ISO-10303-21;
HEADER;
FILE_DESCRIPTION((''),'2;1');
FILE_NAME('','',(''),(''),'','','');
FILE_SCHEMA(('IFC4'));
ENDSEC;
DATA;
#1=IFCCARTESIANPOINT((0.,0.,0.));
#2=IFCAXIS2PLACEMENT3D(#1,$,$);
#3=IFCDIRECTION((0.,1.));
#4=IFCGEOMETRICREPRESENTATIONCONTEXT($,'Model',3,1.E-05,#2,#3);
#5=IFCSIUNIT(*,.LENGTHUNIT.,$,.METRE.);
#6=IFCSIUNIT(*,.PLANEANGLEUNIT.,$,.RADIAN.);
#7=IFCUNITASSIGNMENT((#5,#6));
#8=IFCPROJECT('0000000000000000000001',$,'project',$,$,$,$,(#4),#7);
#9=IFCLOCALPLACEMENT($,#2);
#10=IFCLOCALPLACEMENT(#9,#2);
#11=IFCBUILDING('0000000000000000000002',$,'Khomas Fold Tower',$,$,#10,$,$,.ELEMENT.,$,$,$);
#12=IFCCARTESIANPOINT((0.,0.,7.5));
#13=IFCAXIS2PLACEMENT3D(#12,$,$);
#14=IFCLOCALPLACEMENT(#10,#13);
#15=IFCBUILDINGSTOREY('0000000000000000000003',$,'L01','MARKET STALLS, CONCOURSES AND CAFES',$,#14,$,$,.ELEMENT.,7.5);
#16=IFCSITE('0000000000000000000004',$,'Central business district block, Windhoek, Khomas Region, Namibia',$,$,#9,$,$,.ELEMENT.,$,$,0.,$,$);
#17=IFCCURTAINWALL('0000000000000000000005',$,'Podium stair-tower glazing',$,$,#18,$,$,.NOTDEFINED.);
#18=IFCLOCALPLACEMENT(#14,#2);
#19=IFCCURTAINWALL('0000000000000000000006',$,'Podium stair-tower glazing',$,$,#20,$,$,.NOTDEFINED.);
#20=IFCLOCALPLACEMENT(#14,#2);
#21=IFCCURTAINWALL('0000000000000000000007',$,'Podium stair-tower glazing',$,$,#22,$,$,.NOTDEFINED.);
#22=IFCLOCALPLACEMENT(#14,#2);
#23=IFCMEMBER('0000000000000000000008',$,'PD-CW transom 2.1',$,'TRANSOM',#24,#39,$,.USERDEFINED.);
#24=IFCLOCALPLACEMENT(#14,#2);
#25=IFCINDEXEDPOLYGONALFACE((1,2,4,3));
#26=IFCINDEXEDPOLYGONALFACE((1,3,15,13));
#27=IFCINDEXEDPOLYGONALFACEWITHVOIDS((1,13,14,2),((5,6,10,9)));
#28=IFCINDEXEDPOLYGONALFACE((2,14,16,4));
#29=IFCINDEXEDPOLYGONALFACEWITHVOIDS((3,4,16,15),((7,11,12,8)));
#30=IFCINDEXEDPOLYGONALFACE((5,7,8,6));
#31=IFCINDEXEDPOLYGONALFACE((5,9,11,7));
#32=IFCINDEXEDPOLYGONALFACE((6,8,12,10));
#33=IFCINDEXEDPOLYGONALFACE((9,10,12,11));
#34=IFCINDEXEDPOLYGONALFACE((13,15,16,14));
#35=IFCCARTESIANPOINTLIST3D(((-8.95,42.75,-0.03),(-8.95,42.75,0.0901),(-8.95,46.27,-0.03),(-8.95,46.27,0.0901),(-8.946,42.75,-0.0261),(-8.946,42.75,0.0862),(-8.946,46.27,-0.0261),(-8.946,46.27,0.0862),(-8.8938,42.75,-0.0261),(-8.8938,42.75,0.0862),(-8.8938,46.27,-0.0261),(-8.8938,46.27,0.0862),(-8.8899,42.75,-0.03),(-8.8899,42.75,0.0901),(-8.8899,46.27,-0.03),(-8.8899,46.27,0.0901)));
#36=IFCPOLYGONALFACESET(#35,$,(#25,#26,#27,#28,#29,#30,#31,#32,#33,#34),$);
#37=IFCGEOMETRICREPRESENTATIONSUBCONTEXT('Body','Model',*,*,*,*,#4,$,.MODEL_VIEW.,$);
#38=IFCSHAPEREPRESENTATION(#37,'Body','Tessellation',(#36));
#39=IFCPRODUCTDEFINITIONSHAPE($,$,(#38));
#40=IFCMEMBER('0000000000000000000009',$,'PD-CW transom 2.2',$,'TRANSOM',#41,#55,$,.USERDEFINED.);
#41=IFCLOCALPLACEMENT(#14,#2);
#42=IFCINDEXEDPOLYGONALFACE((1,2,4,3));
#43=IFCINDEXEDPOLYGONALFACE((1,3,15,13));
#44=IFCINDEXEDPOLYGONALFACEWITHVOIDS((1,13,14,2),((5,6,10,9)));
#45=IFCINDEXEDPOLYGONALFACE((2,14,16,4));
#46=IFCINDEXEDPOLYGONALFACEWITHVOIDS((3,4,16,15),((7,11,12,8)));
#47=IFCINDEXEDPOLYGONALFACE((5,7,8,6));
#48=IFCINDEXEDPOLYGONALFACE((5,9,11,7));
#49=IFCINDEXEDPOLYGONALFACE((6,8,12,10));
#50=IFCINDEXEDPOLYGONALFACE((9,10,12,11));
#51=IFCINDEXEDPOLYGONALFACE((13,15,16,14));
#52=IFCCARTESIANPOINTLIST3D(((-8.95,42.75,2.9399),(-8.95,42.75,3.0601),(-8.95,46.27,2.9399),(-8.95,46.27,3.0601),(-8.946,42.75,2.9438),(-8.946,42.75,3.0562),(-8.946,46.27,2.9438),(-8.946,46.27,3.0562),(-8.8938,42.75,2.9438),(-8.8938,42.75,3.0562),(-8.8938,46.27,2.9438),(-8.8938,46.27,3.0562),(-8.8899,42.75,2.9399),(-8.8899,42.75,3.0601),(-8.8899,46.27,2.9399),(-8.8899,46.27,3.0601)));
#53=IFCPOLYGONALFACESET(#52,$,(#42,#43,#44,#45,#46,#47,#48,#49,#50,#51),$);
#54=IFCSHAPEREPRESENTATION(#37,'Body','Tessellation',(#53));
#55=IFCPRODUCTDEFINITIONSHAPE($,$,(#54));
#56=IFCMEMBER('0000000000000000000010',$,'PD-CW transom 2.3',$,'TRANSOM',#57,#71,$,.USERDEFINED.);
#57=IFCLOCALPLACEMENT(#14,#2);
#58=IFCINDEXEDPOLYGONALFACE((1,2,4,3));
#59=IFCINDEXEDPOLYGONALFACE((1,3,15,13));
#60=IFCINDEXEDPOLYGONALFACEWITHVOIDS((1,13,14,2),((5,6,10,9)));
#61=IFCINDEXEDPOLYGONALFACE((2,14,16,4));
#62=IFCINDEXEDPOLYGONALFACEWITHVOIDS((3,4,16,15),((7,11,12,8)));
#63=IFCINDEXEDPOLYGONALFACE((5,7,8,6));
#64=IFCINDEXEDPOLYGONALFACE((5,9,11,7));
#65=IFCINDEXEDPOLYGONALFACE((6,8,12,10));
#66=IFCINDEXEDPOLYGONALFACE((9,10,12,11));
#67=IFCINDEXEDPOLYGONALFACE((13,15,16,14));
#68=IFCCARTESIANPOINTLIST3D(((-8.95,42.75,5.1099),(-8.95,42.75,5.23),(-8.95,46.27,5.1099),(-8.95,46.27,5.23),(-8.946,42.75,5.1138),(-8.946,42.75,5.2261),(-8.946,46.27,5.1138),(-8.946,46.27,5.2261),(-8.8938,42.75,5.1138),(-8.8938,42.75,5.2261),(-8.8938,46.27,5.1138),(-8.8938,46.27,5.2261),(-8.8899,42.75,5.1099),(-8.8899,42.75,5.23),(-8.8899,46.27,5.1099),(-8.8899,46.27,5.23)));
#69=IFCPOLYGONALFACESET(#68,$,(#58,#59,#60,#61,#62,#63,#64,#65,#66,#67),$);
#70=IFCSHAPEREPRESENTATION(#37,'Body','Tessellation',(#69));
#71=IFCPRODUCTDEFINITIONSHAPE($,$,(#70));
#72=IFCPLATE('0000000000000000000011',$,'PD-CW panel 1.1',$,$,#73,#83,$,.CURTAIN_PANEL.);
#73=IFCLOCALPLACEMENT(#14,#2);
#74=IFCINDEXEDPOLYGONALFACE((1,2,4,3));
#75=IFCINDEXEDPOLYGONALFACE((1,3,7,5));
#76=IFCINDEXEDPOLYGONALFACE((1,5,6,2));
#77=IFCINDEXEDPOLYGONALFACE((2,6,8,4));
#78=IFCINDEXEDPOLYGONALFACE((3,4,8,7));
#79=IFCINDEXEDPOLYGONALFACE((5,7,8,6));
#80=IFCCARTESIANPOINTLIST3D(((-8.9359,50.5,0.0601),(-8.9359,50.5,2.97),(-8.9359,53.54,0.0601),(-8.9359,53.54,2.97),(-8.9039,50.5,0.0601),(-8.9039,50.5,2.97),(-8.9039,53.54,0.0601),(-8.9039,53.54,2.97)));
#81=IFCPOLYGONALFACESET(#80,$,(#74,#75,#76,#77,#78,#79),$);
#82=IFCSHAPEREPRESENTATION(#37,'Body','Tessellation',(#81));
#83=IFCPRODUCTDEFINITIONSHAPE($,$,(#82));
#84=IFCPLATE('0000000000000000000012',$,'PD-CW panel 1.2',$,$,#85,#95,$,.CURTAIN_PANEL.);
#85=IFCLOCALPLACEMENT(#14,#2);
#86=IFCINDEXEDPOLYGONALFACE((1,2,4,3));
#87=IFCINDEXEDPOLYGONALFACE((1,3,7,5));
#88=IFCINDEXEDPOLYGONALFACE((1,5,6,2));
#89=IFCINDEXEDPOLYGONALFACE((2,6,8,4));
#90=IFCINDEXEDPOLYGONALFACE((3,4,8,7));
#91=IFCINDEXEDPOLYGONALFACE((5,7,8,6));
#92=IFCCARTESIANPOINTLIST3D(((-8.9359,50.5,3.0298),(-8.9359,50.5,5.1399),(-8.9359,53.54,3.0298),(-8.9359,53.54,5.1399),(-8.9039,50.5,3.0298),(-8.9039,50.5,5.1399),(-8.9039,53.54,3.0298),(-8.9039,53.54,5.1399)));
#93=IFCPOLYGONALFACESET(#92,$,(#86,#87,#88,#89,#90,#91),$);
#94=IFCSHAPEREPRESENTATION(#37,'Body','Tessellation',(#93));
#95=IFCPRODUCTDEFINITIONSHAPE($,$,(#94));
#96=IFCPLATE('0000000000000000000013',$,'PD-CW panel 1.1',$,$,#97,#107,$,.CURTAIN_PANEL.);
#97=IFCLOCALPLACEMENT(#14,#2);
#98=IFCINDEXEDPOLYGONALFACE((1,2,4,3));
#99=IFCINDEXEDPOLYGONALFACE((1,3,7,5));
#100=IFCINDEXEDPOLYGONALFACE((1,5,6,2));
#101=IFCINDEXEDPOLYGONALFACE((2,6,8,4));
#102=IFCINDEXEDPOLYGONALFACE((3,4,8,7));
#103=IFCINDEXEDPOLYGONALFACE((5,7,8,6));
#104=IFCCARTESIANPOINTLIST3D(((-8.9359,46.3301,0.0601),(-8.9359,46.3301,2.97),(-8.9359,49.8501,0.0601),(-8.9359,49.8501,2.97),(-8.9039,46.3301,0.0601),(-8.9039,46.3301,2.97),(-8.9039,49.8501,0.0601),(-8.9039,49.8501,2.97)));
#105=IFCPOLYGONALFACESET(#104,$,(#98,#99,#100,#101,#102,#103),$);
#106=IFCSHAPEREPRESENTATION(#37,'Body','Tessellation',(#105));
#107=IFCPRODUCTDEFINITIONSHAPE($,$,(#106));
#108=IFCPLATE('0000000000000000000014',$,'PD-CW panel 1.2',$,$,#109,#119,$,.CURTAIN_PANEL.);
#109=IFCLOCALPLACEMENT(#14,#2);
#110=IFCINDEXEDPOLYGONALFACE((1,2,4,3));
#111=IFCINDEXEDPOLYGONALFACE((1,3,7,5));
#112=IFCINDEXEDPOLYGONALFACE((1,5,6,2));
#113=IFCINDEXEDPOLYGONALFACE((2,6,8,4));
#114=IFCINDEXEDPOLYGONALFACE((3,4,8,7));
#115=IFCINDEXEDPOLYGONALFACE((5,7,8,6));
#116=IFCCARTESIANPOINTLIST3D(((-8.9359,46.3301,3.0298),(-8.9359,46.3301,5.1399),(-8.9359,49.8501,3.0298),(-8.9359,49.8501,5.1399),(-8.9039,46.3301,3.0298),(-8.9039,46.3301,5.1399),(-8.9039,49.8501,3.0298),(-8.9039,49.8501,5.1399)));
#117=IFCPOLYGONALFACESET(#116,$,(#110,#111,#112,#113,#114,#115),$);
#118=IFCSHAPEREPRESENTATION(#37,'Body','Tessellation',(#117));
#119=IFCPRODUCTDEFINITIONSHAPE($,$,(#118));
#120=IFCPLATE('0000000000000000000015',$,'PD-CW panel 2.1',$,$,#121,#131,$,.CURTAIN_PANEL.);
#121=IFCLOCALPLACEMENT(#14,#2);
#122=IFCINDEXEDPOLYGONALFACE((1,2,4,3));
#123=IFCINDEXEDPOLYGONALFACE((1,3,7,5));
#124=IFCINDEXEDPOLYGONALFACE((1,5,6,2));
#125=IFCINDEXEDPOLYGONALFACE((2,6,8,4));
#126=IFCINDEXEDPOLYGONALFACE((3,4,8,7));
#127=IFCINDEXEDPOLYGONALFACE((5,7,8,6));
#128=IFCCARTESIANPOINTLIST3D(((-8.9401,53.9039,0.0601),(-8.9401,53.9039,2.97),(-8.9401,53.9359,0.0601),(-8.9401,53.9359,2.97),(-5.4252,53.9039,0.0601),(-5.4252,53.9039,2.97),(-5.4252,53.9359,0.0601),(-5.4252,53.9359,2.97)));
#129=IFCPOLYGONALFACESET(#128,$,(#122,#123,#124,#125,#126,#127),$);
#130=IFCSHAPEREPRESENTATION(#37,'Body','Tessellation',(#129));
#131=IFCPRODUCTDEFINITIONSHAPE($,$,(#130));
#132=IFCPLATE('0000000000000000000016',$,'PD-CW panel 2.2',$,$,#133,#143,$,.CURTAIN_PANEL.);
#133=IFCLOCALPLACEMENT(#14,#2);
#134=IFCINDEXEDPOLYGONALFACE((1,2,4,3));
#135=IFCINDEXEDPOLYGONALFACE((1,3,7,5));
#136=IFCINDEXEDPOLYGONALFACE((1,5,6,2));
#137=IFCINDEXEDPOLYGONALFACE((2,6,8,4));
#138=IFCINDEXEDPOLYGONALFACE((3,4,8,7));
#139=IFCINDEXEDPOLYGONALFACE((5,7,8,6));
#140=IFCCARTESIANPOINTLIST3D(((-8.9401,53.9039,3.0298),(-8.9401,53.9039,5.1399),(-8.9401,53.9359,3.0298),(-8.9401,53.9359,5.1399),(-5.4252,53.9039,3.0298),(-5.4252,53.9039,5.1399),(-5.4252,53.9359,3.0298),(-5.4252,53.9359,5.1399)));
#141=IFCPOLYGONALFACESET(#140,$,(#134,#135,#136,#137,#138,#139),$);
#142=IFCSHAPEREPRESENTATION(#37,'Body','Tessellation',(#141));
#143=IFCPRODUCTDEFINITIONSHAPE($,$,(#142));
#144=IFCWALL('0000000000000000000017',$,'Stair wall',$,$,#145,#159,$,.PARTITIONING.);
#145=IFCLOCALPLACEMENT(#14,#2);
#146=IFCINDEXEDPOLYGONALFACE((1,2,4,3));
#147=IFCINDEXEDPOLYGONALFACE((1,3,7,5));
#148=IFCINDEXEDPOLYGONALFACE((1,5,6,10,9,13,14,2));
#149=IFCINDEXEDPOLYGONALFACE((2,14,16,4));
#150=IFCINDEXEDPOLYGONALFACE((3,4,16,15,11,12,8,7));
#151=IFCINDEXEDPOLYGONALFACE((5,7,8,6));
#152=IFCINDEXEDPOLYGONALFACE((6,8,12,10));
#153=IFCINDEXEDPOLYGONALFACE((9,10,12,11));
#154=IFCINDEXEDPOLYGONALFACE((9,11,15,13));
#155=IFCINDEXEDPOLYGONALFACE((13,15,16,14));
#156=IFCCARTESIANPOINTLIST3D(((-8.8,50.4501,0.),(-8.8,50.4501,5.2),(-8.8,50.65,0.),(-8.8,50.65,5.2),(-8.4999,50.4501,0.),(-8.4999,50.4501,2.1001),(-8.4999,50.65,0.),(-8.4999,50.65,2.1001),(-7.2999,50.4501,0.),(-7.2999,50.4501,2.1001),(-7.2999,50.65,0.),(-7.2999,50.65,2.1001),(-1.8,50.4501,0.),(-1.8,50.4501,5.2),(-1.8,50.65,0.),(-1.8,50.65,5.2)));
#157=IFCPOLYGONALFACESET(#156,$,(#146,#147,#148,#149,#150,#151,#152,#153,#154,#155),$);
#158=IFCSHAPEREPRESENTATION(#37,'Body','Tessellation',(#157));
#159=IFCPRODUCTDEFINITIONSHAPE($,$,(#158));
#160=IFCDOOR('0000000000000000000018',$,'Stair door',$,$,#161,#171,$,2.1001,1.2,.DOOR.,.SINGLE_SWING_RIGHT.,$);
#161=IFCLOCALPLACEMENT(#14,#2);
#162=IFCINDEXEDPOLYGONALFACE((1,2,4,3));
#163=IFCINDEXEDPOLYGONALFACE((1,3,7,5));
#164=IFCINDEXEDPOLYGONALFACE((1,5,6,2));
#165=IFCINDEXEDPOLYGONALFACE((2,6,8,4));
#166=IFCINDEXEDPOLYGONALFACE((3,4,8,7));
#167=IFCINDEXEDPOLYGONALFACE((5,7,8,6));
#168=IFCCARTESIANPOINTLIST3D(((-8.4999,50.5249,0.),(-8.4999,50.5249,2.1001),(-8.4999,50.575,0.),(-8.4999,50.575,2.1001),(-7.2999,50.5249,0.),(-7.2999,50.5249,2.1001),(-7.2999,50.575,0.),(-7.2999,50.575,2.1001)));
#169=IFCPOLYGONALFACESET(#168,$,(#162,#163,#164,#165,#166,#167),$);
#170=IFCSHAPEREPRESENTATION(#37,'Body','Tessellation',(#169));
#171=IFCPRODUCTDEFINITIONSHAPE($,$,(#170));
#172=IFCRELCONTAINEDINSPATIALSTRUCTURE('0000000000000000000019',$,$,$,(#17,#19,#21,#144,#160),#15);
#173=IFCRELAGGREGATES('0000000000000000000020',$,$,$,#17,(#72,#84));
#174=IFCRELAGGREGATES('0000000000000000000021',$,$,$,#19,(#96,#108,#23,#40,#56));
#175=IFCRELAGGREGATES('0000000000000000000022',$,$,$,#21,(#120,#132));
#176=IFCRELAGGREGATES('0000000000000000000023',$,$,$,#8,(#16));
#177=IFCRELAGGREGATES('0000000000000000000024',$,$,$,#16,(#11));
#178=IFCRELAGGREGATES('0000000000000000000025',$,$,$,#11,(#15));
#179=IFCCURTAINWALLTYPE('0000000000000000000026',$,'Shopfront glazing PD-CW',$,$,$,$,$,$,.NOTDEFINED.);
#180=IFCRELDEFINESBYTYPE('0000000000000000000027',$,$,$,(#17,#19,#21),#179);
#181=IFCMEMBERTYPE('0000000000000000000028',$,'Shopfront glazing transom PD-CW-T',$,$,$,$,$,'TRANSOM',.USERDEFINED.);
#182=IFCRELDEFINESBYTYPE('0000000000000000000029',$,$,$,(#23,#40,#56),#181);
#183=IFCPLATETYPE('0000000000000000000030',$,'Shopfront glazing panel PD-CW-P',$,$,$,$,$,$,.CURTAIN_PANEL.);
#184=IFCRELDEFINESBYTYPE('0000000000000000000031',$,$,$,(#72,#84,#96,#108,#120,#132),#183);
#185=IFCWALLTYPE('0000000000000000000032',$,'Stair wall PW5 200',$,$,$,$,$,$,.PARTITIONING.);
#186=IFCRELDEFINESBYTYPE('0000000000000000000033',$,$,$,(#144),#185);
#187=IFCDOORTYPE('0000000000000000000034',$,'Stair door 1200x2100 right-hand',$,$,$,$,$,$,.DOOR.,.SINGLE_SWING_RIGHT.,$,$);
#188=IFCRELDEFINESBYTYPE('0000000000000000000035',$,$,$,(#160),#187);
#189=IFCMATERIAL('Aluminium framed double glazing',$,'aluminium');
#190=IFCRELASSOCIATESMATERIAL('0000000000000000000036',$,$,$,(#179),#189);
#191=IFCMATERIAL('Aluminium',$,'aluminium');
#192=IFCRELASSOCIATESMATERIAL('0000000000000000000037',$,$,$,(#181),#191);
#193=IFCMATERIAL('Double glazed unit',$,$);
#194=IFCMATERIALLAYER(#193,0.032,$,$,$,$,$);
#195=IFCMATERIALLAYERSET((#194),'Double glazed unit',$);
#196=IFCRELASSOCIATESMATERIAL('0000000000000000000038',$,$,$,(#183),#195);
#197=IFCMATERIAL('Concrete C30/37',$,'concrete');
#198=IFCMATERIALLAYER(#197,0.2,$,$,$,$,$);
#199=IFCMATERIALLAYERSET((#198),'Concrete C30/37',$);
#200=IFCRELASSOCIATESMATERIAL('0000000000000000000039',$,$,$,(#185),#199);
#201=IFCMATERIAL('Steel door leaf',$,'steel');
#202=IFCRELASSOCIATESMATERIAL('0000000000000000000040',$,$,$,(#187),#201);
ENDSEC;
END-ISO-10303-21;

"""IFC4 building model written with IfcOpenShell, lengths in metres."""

from ifc_helpers import new_model, si_unit, direction, frame, frame_2d, origin, origin_2d, place, context, subcontext, project, spatial, rectangle, hollow_rectangle, extrude, source, transform, mapped, material, layer, layer_set, material_profile, profile_set, type_object, element, fill, aggregate, save


model = new_model("IFC4")

# Units and contexts
model_context = context("Model", 3, precision=1e-05, world=origin(), true_north=direction((0.0, 1.0)))
body_context = subcontext(model_context, "Body", "Model", "MODEL_VIEW")
ifc_project = project(units=[si_unit("LENGTHUNIT", "METRE"), si_unit("PLANEANGLEUNIT", "RADIAN")], contexts=[model_context])

# Site, building, storey
site_placement = place(None, origin())
site = spatial("IfcSite", under=ifc_project, at=site_placement, Name="Central business district block, Windhoek, Khomas Region, Namibia", CompositionType="ELEMENT", RefElevation=0.0)
building_placement = place(site_placement, origin())
building = spatial("IfcBuilding", under=site, at=building_placement, Name="Khomas Fold Tower", CompositionType="ELEMENT")
storey_placement = place(building_placement, frame((0.0, 0.0, 7.5)))
storey = spatial("IfcBuildingStorey", under=building, at=storey_placement, Name="L01", Description="MARKET STALLS, CONCOURSES AND CAFES", CompositionType="ELEMENT", Elevation=7.5)

# Curtain walls
ifc_material_1 = material(Name="Aluminium framed double glazing", Category="aluminium")
curtain_wall_type = type_object("IfcCurtainWallType", Name="Shopfront glazing PD-CW", PredefinedType="NOTDEFINED", material=ifc_material_1)
curtain_wall_1_placement = place(storey_placement, origin())
curtain_wall_1 = element("IfcCurtainWall", 1, at=curtain_wall_1_placement, inside=storey, type_object=curtain_wall_type, Name="Podium stair-tower glazing", PredefinedType="NOTDEFINED")
curtain_wall_2_placement = place(storey_placement, origin())
curtain_wall_2 = element("IfcCurtainWall", 2, at=curtain_wall_2_placement, inside=storey, type_object=curtain_wall_type, Name="Podium stair-tower glazing", PredefinedType="NOTDEFINED")

# Curtain wall
curtain_wall_3_placement = place(storey_placement, origin())
curtain_wall_3 = element("IfcCurtainWall", 3, at=curtain_wall_3_placement, inside=storey, type_object=curtain_wall_type, Name="Podium stair-tower glazing", PredefinedType="NOTDEFINED")

# Members
ifc_material_2 = material(Name="Aluminium", Category="aluminium")
ifc_material_profile_1 = material_profile(ifc_material_2, hollow_rectangle(XDim=0.0601, YDim=0.1201, WallThickness=0.0039, at=origin_2d()), Name="Shopfront glazing transom PD-CW-T")
ifc_profile_set_1 = profile_set([ifc_material_profile_1], Name="Aluminium")
member_type_1 = type_object("IfcMemberType", Name="Shopfront glazing transom PD-CW-T", ElementType="TRANSOM", PredefinedType="USERDEFINED", material=ifc_profile_set_1)
shared_shape_1 = source(origin(), body_context, "Body", "SweptSolid", [
    extrude(hollow_rectangle(XDim=0.0601, YDim=0.1201, WallThickness=0.0039, at=origin_2d()), origin(), (0.0, 0.0, 1.0), 3.52),
])
member_1_placement = place(storey_placement, frame((-8.9199, 46.27, 0.03), z_axis=(0.0, -1.0, 0.0), x_axis=(1.0, 0.0, 0.0)))
member_1 = element("IfcMember", 4, at=member_1_placement, type_object=member_type_1, Name="PD-CW transom 2.1", ObjectType="TRANSOM", PredefinedType="USERDEFINED", context=body_context, shape_type="MappedRepresentation", body=[
    mapped(shared_shape_1, transform((0.0, 0.0, 0.0))),
])
member_2_placement = place(storey_placement, frame((-8.9199, 46.27, 3.0), z_axis=(0.0, -1.0, 0.0), x_axis=(1.0, 0.0, 0.0)))
member_2 = element("IfcMember", 5, at=member_2_placement, type_object=member_type_1, Name="PD-CW transom 2.2", ObjectType="TRANSOM", PredefinedType="USERDEFINED", context=body_context, shape_type="MappedRepresentation", body=[
    mapped(shared_shape_1, transform((0.0, 0.0, 0.0))),
])
member_3_placement = place(storey_placement, frame((-8.9199, 46.27, 5.1699), z_axis=(0.0, -1.0, 0.0), x_axis=(1.0, 0.0, 0.0)))
member_3 = element("IfcMember", 6, at=member_3_placement, type_object=member_type_1, Name="PD-CW transom 2.3", ObjectType="TRANSOM", PredefinedType="USERDEFINED", context=body_context, shape_type="MappedRepresentation", body=[
    mapped(shared_shape_1, transform((0.0, 0.0, 0.0))),
])

# Plates
ifc_material_3 = material(Name="Double glazed unit")
ifc_layer_1 = layer(ifc_material_3, 0.032)
ifc_layer_set_1 = layer_set([ifc_layer_1], Name="Double glazed unit")
plate_type = type_object("IfcPlateType", Name="Shopfront glazing panel PD-CW-P", PredefinedType="CURTAIN_PANEL", material=ifc_layer_set_1)
shared_shape_2 = source(origin(), body_context, "Body", "SweptSolid", [
    extrude(rectangle(XDim=3.04, YDim=0.032, at=origin_2d()), origin(), (0.0, 0.0, 1.0), 2.9099),
])
plate_1_placement = place(storey_placement, frame((-8.9199, 52.02, 0.0601), z_axis=(0.0, 0.0, 1.0), x_axis=(0.0, -1.0, 0.0)))
plate_1 = element("IfcPlate", 7, at=plate_1_placement, type_object=plate_type, Name="PD-CW panel 1.1", PredefinedType="CURTAIN_PANEL", context=body_context, shape_type="MappedRepresentation", body=[
    mapped(shared_shape_2, transform((0.0, 0.0, 0.0))),
])
shared_shape_3 = source(origin(), body_context, "Body", "SweptSolid", [
    extrude(rectangle(XDim=3.04, YDim=0.032, at=origin_2d()), origin(), (0.0, 0.0, 1.0), 2.1101),
])
plate_2_placement = place(storey_placement, frame((-8.9199, 52.02, 3.0298), z_axis=(0.0, 0.0, 1.0), x_axis=(0.0, -1.0, 0.0)))
plate_2 = element("IfcPlate", 8, at=plate_2_placement, type_object=plate_type, Name="PD-CW panel 1.2", PredefinedType="CURTAIN_PANEL", context=body_context, shape_type="MappedRepresentation", body=[
    mapped(shared_shape_3, transform((0.0, 0.0, 0.0))),
])
aggregate(curtain_wall_1, [plate_1, plate_2])
shared_shape_4 = source(origin(), body_context, "Body", "SweptSolid", [
    extrude(rectangle(XDim=3.52, YDim=0.032, at=origin_2d()), origin(), (0.0, 0.0, 1.0), 2.9099),
])
plate_3_placement = place(storey_placement, frame((-8.9199, 48.0901, 0.0601), z_axis=(0.0, 0.0, 1.0), x_axis=(0.0, -1.0, 0.0)))
plate_3 = element("IfcPlate", 9, at=plate_3_placement, type_object=plate_type, Name="PD-CW panel 1.1", PredefinedType="CURTAIN_PANEL", context=body_context, shape_type="MappedRepresentation", body=[
    mapped(shared_shape_4, transform((0.0, 0.0, 0.0))),
])
shared_shape_5 = source(origin(), body_context, "Body", "SweptSolid", [
    extrude(rectangle(XDim=3.52, YDim=0.032, at=origin_2d()), origin(), (0.0, 0.0, 1.0), 2.1101),
])
plate_4_placement = place(storey_placement, frame((-8.9199, 48.0901, 3.0298), z_axis=(0.0, 0.0, 1.0), x_axis=(0.0, -1.0, 0.0)))
plate_4 = element("IfcPlate", 10, at=plate_4_placement, type_object=plate_type, Name="PD-CW panel 1.2", PredefinedType="CURTAIN_PANEL", context=body_context, shape_type="MappedRepresentation", body=[
    mapped(shared_shape_5, transform((0.0, 0.0, 0.0))),
])
aggregate(curtain_wall_2, [plate_3, plate_4, member_1, member_2, member_3])
shared_shape_6 = source(origin(), body_context, "Body", "SweptSolid", [
    extrude(rectangle(XDim=3.5149, YDim=0.032, at=origin_2d()), origin(), (0.0, 0.0, 1.0), 2.9099),
])
plate_5_placement = place(storey_placement, frame((-7.1826, 53.9199, 0.0601), z_axis=(0.0, 0.0, 1.0), x_axis=(-1.0, 0.0, 0.0)))
plate_5 = element("IfcPlate", 11, at=plate_5_placement, type_object=plate_type, Name="PD-CW panel 2.1", PredefinedType="CURTAIN_PANEL", context=body_context, shape_type="MappedRepresentation", body=[
    mapped(shared_shape_6, transform((0.0, 0.0, 0.0))),
])
shared_shape_7 = source(origin(), body_context, "Body", "SweptSolid", [
    extrude(rectangle(XDim=3.5149, YDim=0.032, at=origin_2d()), origin(), (0.0, 0.0, 1.0), 2.1101),
])
plate_6_placement = place(storey_placement, frame((-7.1826, 53.9199, 3.0298), z_axis=(0.0, 0.0, 1.0), x_axis=(-1.0, 0.0, 0.0)))
plate_6 = element("IfcPlate", 12, at=plate_6_placement, type_object=plate_type, Name="PD-CW panel 2.2", PredefinedType="CURTAIN_PANEL", context=body_context, shape_type="MappedRepresentation", body=[
    mapped(shared_shape_7, transform((0.0, 0.0, 0.0))),
])
aggregate(curtain_wall_3, [plate_5, plate_6])

# Wall, opening, door
ifc_material_4 = material(Name="Concrete C30/37", Category="concrete")
ifc_layer_2 = layer(ifc_material_4, 0.2)
ifc_layer_set_2 = layer_set([ifc_layer_2], Name="Concrete C30/37")
wall_type = type_object("IfcWallType", Name="Stair wall PW5 200", PredefinedType="PARTITIONING", material=ifc_layer_set_2)
shared_shape_8 = source(origin(), body_context, "Body", "SweptSolid", [
    extrude(rectangle(XDim=7.0, YDim=0.2, at=frame_2d((3.5, 0.0))), origin(), (0.0, 0.0, 1.0), 5.2),
])
wall_1_placement = place(storey_placement, frame((-8.8, 50.55, 0.0), z_axis=(0.0, 0.0, 1.0), x_axis=(1.0, 0.0, 0.0)))
wall_1 = element("IfcWall", 13, at=wall_1_placement, inside=storey, type_object=wall_type, Name="Stair wall", PredefinedType="PARTITIONING", context=body_context, shape_type="MappedRepresentation", body=[
    mapped(shared_shape_8, transform((0.0, 0.0, 0.0))),
])
shared_shape_9 = source(origin(), body_context, "Body", "SweptSolid", [
    extrude(rectangle(XDim=1.2, YDim=2.1001, at=frame_2d((0.6001, 1.05))), frame((0.0, 0.1099, 0.0), z_axis=(0.0, -1.0, 0.0), x_axis=(1.0, 0.0, 0.0)), (0.0, 0.0, 1.0), 0.22),
])
opening_placement = place(wall_1_placement, frame((0.3, 0.0, 0.0)))
opening = element("IfcOpeningElement", 14, at=opening_placement, cuts=wall_1, PredefinedType="OPENING", context=body_context, shape_type="MappedRepresentation", body=[
    mapped(shared_shape_9, transform((0.0, 0.0, 0.0))),
])
ifc_material_5 = material(Name="Steel door leaf", Category="steel")
door_type = type_object("IfcDoorType", Name="Stair door 1200x2100 right-hand", OperationType="SINGLE_SWING_RIGHT", PredefinedType="DOOR", material=ifc_material_5)
shared_shape_10 = source(origin(), body_context, "Body", "SweptSolid", [
    extrude(rectangle(XDim=1.2, YDim=2.1001, at=frame_2d((0.6001, 1.05))), frame((0.0, 0.0249, 0.0), z_axis=(0.0, -1.0, 0.0), x_axis=(1.0, 0.0, 0.0)), (0.0, 0.0, 1.0), 0.05),
])
door_placement = place(opening_placement, origin())
door = element("IfcDoor", 15, at=door_placement, inside=storey, type_object=door_type, Name="Stair door", OperationType="SINGLE_SWING_RIGHT", OverallHeight=2.1001, OverallWidth=1.2, PredefinedType="DOOR", context=body_context, shape_type="MappedRepresentation", body=[
    mapped(shared_shape_10, transform((0.0, 0.0, 0.0))),
])
fill(opening, door)

save(model, "model.ifc")
